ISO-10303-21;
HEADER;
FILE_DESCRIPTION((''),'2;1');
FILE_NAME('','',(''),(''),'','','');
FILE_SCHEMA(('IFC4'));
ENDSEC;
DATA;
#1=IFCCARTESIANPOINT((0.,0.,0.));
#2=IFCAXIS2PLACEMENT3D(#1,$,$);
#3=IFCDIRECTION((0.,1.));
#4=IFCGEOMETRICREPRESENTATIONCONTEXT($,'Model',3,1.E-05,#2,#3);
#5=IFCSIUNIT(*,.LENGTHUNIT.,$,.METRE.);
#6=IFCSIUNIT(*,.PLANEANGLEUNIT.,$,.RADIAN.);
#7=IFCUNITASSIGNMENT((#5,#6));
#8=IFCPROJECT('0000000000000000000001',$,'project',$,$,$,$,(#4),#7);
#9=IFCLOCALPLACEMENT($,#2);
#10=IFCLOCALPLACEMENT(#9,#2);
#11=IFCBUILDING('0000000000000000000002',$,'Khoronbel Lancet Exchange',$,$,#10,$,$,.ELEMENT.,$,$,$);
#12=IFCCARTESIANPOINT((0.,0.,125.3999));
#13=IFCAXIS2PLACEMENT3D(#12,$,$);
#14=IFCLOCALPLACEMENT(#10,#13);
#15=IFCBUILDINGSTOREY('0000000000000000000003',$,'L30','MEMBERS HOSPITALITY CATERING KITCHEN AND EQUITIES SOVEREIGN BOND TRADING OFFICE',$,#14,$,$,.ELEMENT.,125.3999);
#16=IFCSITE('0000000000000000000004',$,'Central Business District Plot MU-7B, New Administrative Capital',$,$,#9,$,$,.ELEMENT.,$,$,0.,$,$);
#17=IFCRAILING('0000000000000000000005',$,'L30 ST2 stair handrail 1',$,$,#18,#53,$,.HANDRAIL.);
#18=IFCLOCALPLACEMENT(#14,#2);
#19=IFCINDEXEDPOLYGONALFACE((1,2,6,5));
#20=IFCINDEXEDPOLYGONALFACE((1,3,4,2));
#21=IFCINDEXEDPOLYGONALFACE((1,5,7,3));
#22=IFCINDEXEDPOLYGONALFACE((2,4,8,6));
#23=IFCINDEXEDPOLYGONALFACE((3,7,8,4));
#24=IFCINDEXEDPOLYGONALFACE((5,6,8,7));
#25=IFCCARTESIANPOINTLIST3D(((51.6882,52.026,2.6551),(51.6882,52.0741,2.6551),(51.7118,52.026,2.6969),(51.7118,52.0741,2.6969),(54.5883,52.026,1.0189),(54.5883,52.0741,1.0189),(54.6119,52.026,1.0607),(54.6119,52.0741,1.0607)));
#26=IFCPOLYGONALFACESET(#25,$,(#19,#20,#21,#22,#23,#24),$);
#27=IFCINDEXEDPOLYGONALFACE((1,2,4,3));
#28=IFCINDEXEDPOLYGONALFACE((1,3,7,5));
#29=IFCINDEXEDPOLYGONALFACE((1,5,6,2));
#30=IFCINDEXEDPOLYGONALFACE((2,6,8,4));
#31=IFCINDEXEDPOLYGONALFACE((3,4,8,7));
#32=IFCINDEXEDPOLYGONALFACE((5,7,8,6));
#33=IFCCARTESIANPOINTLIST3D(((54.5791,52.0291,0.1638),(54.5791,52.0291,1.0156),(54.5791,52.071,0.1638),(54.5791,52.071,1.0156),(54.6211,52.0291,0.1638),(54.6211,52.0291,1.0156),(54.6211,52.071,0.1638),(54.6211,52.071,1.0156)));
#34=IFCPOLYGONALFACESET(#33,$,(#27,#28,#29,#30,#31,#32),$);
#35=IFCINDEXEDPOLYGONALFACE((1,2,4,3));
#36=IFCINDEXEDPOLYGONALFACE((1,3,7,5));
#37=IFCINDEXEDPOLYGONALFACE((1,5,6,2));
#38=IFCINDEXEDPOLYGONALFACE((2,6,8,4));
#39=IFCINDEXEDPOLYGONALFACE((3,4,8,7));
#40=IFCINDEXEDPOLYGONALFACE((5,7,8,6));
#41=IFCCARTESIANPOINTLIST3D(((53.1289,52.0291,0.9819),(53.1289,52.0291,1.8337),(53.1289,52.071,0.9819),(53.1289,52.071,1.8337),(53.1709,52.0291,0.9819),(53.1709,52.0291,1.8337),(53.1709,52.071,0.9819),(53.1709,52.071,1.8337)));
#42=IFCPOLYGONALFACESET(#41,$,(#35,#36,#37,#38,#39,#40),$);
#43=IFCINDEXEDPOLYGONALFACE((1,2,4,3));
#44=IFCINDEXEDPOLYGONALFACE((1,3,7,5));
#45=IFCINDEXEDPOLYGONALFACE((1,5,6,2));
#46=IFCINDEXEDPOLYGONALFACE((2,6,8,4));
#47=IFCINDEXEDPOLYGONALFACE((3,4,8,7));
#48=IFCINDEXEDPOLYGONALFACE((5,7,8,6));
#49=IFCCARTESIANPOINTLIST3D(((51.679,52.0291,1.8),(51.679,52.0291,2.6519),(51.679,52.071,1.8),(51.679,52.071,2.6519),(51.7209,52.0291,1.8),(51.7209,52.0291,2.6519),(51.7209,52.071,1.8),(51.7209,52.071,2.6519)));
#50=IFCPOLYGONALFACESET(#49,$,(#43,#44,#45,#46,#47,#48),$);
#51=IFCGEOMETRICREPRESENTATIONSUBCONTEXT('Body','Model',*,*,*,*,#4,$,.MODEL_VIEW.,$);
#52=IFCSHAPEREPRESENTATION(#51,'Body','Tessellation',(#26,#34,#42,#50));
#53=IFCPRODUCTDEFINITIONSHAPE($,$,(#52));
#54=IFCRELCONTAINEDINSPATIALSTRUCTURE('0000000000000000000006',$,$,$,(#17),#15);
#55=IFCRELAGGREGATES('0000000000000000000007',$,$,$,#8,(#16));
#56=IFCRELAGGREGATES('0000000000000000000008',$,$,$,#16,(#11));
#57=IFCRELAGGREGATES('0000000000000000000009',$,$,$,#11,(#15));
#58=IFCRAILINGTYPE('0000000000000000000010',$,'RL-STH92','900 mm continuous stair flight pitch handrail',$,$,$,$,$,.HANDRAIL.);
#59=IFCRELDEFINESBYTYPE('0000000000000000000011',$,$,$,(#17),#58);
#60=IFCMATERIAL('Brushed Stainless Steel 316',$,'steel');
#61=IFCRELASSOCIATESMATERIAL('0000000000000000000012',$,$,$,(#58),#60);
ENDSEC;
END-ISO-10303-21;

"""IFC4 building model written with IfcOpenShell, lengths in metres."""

from ifc_helpers import new_model, si_unit, direction, frame, origin, origin_2d, place, context, subcontext, project, spatial, rectangle, extrude, material, type_object, element, save


model = new_model("IFC4")

# Units and contexts
model_context = context("Model", 3, precision=1e-05, world=origin(), true_north=direction((0.0, 1.0)))
body_context = subcontext(model_context, "Body", "Model", "MODEL_VIEW")
ifc_project = project(units=[si_unit("LENGTHUNIT", "METRE"), si_unit("PLANEANGLEUNIT", "RADIAN")], contexts=[model_context])

# Site, building, storey
site_placement = place(None, origin())
site = spatial("IfcSite", under=ifc_project, at=site_placement, Name="Central Business District Plot MU-7B, New Administrative Capital", CompositionType="ELEMENT", RefElevation=0.0)
building_placement = place(site_placement, origin())
building = spatial("IfcBuilding", under=site, at=building_placement, Name="Khoronbel Lancet Exchange", CompositionType="ELEMENT")
storey_placement = place(building_placement, frame((0.0, 0.0, 125.3999)))
storey = spatial("IfcBuildingStorey", under=building, at=storey_placement, Name="L30", Description="MEMBERS HOSPITALITY CATERING KITCHEN AND EQUITIES SOVEREIGN BOND TRADING OFFICE", CompositionType="ELEMENT", Elevation=125.3999)

# Railing
ifc_material_1 = material(Name="Brushed Stainless Steel 316", Category="steel")
railing_type_1 = type_object("IfcRailingType", Name="RL-STH92", Description="900 mm continuous stair flight pitch handrail", PredefinedType="HANDRAIL", material=ifc_material_1)
railing_1_placement = place(storey_placement, frame((54.6001, 52.05, 0.1638)))
element("IfcRailing", 1, at=railing_1_placement, inside=storey, type_object=railing_type_1, Name="L30 ST2 stair handrail 1", PredefinedType="HANDRAIL", context=body_context, shape_type="SweptSolid", body=[
    extrude(rectangle(XDim=0.0481, YDim=0.0481, at=origin_2d()), frame((0.0, 0.0, 0.876), z_axis=(-0.870946, 0.0, 0.491378), x_axis=(0.0, -1.0, 0.0)), (0.0, 0.0, 1.0), 3.3298),
    extrude(rectangle(XDim=0.042, YDim=0.042, at=origin_2d()), origin(), (0.0, 0.0, 1.0), 0.8518),
    extrude(rectangle(XDim=0.042, YDim=0.042, at=origin_2d()), frame((-1.4502, 0.0, 0.8181)), (0.0, 0.0, 1.0), 0.8518),
    extrude(rectangle(XDim=0.042, YDim=0.042, at=origin_2d()), frame((-2.9001, 0.0, 1.6362)), (0.0, 0.0, 1.0), 0.8518),
])

save(model, "model.ifc")
